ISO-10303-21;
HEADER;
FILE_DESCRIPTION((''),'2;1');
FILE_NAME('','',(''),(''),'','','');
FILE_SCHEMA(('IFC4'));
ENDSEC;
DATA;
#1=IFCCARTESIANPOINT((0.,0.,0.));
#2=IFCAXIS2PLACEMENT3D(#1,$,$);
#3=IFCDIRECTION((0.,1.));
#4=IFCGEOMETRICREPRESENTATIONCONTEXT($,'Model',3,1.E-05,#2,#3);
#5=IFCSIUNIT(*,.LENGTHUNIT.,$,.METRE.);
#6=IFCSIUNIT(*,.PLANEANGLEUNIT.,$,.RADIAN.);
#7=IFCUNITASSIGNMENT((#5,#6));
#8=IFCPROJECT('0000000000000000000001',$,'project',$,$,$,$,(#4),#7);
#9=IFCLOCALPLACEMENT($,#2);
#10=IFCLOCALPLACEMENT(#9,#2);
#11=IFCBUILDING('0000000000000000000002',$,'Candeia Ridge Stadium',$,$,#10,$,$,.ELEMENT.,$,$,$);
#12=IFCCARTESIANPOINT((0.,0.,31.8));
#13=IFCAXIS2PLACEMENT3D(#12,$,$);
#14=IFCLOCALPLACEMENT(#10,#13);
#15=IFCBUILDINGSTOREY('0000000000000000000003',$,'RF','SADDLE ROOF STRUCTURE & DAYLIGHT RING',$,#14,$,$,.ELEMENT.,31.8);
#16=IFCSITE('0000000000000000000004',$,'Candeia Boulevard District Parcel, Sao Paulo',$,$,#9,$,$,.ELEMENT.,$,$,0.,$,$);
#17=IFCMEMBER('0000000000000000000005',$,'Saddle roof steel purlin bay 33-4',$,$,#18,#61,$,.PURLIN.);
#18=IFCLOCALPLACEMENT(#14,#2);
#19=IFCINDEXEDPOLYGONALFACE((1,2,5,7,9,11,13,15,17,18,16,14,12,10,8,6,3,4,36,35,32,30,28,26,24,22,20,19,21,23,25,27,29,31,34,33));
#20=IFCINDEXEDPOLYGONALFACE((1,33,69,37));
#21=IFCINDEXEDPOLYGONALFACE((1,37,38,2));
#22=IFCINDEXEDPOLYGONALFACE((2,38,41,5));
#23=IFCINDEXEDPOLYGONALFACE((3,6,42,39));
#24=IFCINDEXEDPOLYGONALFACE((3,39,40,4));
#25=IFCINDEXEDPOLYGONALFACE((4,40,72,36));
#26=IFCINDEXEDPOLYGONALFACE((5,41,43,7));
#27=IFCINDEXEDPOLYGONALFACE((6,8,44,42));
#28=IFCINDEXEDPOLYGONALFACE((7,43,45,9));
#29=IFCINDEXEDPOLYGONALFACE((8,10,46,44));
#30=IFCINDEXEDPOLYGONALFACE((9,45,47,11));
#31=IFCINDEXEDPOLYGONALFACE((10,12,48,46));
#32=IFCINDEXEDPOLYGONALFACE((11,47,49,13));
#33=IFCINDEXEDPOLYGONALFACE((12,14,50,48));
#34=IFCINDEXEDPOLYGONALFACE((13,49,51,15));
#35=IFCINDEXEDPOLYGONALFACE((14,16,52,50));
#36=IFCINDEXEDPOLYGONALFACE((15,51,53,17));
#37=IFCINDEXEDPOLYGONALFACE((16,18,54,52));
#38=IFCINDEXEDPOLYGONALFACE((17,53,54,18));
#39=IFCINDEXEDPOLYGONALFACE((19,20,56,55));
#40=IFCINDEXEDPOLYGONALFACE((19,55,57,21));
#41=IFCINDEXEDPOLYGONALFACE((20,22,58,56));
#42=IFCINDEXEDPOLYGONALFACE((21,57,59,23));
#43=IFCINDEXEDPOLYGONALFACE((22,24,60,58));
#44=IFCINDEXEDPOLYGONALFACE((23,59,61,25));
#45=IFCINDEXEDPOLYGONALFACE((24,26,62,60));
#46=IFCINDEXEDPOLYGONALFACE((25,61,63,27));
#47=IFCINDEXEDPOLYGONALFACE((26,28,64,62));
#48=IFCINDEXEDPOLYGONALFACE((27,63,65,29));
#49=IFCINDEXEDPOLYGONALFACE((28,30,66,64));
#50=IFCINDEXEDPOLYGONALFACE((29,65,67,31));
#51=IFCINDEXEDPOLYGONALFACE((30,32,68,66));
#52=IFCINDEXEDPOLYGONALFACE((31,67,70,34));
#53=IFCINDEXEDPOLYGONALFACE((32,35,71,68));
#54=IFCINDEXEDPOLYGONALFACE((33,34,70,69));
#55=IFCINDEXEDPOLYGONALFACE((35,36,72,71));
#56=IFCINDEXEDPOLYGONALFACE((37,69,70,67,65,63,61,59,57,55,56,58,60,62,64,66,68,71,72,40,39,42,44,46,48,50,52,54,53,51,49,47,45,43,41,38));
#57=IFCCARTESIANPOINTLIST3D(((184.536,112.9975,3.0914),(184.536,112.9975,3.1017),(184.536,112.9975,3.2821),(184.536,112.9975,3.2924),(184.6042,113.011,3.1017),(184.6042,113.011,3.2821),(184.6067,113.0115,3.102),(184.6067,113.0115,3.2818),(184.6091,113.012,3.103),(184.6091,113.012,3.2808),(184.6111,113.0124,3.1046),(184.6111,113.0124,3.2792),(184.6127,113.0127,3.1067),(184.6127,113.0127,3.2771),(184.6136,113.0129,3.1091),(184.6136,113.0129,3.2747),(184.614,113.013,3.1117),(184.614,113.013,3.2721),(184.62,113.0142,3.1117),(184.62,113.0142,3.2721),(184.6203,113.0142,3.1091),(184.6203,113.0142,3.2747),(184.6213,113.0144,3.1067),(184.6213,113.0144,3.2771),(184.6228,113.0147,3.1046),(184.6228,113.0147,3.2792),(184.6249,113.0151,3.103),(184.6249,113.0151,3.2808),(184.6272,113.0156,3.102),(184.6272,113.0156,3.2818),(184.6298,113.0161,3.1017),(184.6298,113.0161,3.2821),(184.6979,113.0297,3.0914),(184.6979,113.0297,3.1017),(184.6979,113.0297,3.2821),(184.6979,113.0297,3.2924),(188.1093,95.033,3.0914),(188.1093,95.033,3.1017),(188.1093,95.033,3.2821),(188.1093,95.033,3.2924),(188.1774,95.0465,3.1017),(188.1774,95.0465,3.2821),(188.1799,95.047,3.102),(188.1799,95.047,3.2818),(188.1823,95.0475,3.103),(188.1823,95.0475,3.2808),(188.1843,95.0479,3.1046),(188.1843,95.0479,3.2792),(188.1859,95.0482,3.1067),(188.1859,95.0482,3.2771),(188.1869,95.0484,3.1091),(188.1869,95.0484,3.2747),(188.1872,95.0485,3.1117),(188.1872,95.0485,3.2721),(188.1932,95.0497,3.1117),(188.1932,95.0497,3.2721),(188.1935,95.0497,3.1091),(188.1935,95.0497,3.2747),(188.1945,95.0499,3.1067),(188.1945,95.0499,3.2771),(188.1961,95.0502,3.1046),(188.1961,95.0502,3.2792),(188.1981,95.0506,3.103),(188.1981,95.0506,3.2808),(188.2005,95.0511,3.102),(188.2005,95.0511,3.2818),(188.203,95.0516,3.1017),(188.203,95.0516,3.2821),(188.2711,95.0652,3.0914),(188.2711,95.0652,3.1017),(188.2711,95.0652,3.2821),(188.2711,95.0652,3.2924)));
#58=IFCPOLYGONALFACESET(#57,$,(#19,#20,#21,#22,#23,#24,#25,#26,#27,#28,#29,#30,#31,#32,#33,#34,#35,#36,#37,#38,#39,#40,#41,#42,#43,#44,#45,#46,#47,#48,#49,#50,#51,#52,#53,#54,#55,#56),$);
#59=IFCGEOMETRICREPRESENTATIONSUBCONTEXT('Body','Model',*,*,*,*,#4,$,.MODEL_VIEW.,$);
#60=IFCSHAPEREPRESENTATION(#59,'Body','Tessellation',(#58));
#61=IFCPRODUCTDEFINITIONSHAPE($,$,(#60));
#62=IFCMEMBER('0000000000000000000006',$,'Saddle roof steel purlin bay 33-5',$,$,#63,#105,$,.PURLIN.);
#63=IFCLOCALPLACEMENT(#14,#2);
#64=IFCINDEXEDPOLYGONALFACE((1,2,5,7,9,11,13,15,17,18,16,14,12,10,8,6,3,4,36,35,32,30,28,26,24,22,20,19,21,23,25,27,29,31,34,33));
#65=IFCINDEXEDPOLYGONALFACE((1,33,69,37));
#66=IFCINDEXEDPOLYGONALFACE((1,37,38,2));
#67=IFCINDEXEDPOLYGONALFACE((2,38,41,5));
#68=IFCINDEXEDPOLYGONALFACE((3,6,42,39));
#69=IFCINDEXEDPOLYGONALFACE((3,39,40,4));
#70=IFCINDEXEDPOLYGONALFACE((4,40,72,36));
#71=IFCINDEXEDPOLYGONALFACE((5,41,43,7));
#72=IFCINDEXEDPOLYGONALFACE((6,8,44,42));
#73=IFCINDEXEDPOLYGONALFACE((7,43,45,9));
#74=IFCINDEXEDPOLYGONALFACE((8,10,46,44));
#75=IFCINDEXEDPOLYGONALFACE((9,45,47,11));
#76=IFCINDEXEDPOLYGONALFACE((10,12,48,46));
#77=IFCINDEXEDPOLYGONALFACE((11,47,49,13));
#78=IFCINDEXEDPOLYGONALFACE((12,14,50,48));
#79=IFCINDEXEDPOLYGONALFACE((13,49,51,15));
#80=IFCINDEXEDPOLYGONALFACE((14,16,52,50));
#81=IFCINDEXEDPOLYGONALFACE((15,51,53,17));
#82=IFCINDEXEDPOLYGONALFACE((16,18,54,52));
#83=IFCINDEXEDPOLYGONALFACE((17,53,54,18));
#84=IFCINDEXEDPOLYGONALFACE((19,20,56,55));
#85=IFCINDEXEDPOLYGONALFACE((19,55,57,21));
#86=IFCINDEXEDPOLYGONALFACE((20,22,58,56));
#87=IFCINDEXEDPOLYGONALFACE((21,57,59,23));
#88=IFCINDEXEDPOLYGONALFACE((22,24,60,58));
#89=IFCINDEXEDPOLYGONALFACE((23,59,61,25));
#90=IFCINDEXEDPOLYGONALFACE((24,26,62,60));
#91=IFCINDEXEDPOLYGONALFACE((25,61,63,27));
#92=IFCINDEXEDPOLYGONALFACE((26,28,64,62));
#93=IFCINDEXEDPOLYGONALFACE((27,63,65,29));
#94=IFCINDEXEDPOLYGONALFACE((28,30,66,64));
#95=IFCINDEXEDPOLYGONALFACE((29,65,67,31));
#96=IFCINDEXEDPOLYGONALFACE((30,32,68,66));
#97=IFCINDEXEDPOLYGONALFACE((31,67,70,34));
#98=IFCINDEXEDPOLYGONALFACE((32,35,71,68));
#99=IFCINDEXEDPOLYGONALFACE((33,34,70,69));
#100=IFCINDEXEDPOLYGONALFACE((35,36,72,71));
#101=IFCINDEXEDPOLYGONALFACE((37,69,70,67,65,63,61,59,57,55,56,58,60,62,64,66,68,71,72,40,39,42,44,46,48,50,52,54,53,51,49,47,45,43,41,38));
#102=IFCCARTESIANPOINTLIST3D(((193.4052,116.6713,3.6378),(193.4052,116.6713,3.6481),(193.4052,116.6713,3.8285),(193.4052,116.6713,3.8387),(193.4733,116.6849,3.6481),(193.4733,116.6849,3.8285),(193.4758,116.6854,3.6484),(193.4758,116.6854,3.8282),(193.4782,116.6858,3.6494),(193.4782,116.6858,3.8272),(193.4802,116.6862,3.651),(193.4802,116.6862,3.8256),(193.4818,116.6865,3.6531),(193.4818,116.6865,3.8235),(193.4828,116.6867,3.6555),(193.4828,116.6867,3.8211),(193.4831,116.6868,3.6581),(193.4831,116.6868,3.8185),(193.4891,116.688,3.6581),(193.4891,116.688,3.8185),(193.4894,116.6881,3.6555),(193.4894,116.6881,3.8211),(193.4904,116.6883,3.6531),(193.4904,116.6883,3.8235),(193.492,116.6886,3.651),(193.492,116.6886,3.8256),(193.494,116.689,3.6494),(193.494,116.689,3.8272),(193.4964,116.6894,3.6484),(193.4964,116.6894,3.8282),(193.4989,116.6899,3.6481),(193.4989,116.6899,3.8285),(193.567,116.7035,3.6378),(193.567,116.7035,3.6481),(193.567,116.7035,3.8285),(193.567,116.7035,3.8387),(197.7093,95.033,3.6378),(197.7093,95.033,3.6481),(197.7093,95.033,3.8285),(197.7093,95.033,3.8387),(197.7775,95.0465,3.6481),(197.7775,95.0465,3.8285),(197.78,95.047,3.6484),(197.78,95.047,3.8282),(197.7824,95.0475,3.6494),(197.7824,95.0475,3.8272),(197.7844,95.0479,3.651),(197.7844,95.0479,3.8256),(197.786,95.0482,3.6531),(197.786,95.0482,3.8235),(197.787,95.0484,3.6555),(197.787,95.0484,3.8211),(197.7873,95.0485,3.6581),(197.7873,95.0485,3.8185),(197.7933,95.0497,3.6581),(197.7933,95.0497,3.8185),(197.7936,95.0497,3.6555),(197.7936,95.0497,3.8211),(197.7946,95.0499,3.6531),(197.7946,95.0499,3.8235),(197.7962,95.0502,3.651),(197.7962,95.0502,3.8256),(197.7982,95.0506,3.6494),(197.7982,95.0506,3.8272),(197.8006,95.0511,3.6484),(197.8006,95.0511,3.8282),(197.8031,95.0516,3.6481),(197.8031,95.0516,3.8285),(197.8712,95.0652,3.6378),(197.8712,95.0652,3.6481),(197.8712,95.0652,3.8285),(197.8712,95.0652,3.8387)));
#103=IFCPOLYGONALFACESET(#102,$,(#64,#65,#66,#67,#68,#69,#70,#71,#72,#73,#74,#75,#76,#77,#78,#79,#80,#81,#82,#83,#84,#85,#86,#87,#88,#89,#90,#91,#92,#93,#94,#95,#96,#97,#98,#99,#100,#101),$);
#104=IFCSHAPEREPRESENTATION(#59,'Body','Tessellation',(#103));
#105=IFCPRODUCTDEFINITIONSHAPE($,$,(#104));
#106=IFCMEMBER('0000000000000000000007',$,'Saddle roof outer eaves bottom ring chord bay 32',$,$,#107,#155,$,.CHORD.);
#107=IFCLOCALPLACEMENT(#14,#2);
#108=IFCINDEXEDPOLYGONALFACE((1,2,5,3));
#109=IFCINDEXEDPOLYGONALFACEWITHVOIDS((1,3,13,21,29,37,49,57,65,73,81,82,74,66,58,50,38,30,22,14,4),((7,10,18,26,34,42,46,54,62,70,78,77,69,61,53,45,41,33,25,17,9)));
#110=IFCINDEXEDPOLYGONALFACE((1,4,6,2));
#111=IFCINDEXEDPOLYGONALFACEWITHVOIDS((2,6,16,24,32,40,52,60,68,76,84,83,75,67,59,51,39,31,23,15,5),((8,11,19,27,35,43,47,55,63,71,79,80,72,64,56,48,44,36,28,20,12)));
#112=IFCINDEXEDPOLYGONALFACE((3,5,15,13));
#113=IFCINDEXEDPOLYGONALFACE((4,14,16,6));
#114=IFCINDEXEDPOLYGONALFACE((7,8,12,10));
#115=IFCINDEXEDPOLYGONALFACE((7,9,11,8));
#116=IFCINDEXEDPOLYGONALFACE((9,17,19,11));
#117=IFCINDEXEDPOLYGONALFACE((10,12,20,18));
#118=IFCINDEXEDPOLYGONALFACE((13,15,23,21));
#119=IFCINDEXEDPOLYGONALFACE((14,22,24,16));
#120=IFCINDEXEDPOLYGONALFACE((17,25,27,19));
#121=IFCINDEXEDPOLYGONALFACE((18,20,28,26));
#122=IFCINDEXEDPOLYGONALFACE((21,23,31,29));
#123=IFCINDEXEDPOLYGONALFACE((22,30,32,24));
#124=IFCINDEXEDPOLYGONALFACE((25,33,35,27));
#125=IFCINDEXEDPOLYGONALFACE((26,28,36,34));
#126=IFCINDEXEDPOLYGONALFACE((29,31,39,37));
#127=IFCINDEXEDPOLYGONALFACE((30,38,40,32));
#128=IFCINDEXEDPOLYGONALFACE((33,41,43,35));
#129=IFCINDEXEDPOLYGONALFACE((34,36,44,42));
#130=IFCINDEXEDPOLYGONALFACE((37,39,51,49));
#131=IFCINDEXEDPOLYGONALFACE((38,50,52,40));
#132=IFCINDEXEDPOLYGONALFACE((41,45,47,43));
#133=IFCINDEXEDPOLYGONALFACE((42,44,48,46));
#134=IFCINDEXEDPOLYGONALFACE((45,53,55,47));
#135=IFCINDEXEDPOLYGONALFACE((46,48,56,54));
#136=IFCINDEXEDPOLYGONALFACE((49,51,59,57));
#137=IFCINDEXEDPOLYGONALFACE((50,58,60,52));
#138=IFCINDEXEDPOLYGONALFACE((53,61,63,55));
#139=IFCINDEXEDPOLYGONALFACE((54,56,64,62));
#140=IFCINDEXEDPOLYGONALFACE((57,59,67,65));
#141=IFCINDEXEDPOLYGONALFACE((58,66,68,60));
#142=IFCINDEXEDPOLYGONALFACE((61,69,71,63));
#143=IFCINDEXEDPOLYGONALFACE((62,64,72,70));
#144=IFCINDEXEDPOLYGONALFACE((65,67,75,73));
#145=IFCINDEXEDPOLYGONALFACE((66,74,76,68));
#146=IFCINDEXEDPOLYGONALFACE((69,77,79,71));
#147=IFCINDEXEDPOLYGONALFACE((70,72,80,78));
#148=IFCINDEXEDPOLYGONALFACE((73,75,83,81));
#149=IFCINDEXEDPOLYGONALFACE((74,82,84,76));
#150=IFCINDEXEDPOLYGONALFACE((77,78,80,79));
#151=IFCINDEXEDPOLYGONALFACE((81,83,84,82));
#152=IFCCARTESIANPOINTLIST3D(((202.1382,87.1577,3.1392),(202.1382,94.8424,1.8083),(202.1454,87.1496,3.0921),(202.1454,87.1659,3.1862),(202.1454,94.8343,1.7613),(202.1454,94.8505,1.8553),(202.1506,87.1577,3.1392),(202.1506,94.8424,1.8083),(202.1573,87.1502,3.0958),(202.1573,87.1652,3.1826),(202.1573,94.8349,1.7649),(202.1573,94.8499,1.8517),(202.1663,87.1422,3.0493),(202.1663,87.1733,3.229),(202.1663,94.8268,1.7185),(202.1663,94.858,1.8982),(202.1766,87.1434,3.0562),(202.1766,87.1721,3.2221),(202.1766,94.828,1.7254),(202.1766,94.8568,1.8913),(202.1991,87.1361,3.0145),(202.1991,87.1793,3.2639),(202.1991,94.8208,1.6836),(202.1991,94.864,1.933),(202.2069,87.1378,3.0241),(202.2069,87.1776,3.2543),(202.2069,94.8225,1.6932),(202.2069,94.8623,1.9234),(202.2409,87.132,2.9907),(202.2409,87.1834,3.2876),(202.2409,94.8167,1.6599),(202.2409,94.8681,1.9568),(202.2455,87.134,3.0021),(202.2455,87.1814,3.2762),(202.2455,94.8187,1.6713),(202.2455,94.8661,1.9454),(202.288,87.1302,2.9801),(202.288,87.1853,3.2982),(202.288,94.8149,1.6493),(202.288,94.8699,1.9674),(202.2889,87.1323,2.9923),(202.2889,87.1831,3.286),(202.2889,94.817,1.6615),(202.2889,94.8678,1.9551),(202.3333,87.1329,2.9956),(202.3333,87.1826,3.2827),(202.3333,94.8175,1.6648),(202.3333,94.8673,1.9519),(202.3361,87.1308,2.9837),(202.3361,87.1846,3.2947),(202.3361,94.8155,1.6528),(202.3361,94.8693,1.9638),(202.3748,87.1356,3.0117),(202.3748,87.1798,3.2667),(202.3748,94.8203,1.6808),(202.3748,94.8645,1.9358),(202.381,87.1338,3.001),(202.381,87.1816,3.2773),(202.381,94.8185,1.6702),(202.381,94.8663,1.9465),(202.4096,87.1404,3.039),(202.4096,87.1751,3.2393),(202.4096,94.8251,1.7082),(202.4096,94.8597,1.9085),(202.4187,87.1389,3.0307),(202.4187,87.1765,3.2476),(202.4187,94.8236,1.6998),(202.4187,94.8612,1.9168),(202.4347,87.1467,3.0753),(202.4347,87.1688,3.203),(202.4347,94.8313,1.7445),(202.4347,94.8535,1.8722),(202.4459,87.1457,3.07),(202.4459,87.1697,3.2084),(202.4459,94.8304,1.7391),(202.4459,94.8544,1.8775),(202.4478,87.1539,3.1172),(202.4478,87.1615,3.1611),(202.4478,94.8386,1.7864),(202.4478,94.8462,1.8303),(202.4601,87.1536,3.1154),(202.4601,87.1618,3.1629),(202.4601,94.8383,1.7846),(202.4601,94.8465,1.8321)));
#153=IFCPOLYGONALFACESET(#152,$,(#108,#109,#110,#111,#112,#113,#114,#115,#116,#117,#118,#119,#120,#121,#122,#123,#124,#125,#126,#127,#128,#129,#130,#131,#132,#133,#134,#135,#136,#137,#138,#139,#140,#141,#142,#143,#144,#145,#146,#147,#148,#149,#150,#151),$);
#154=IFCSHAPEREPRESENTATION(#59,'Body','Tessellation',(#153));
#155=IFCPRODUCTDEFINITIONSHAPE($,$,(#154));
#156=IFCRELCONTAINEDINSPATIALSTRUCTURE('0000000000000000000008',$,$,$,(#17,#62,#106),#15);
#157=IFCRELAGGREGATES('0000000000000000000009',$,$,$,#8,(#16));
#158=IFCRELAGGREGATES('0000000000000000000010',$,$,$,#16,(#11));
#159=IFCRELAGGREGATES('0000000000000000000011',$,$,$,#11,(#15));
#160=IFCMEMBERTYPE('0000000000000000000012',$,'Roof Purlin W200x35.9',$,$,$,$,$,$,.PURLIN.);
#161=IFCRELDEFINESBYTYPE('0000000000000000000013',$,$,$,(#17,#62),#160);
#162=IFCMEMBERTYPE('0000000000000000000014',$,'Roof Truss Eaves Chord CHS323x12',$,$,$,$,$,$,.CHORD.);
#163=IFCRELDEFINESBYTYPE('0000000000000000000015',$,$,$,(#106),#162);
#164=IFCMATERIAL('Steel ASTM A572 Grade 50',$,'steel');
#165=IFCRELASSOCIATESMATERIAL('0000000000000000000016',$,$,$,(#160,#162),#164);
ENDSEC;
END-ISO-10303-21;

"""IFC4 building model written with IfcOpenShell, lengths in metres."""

from ifc_helpers import new_model, si_unit, direction, frame, origin, origin_2d, place, context, subcontext, project, spatial, hollow_circle, i_section, extrude, material, material_profile, profile_set, type_object, element, save


model = new_model("IFC4")

# Units and contexts
model_context = context("Model", 3, precision=1e-05, world=origin(), true_north=direction((0.0, 1.0)))
body_context = subcontext(model_context, "Body", "Model", "MODEL_VIEW")
ifc_project = project(units=[si_unit("LENGTHUNIT", "METRE"), si_unit("PLANEANGLEUNIT", "RADIAN")], contexts=[model_context])

# Site, building, storey
site_placement = place(None, origin())
site = spatial("IfcSite", under=ifc_project, at=site_placement, Name="Candeia Boulevard District Parcel, Sao Paulo", CompositionType="ELEMENT", RefElevation=0.0)
building_placement = place(site_placement, origin())
building = spatial("IfcBuilding", under=site, at=building_placement, Name="Candeia Ridge Stadium", CompositionType="ELEMENT")
storey_placement = place(building_placement, frame((0.0, 0.0, 31.8)))
storey = spatial("IfcBuildingStorey", under=building, at=storey_placement, Name="RF", Description="SADDLE ROOF STRUCTURE & DAYLIGHT RING", CompositionType="ELEMENT", Elevation=31.8)

# Shared definitions
ifc_material_1 = material(Name="Steel ASTM A572 Grade 50", Category="steel")

# Members
ifc_material_profile_1 = material_profile(ifc_material_1, i_section(OverallWidth=0.165, OverallDepth=0.2009, WebThickness=0.0061, FlangeThickness=0.0103, FilletRadius=0.01, at=origin_2d()), Name="W200x35.9", Category="steel")
ifc_profile_set_1 = profile_set([ifc_material_profile_1], Name="Steel ASTM A572 Grade 50")
member_type_1 = type_object("IfcMemberType", Name="Roof Purlin W200x35.9", PredefinedType="PURLIN", material=ifc_profile_set_1)
member_1_placement = place(storey_placement, frame((188.1902, 95.0491, 3.1919), z_axis=(-0.195083, 0.980787, 0.0), x_axis=(-0.980787, -0.195083, 0.0)))
element("IfcMember", 1, at=member_1_placement, inside=storey, type_object=member_type_1, Name="Saddle roof steel purlin bay 33-4", PredefinedType="PURLIN", context=body_context, shape_type="SweptSolid", body=[
    extrude(i_section(OverallWidth=0.165, OverallDepth=0.2009, WebThickness=0.0061, FlangeThickness=0.0103, FilletRadius=0.01, at=origin_2d()), origin(), (0.0, 0.0, 1.0), 18.3164),
])
member_2_placement = place(storey_placement, frame((197.7903, 95.0491, 3.7383), z_axis=(-0.195092, 0.980785, 0.0), x_axis=(-0.980785, -0.195092, 0.0)))
element("IfcMember", 2, at=member_2_placement, inside=storey, type_object=member_type_1, Name="Saddle roof steel purlin bay 33-5", PredefinedType="PURLIN", context=body_context, shape_type="SweptSolid", body=[
    extrude(i_section(OverallWidth=0.165, OverallDepth=0.2009, WebThickness=0.0061, FlangeThickness=0.0103, FilletRadius=0.01, at=origin_2d()), origin(), (0.0, 0.0, 1.0), 22.0623),
])
ifc_material_profile_2 = material_profile(ifc_material_1, hollow_circle(Radius=0.1619, WallThickness=0.0125, at=origin_2d()), Name="CHS323x12", Category="steel")
ifc_profile_set_2 = profile_set([ifc_material_profile_2], Name="Steel ASTM A572 Grade 50")
member_type_2 = type_object("IfcMemberType", Name="Roof Truss Eaves Chord CHS323x12", PredefinedType="CHORD", material=ifc_profile_set_2)
member_3_placement = place(storey_placement, frame((202.3, 87.1577, 3.1392), z_axis=(0.0, 0.985334, -0.17064), x_axis=(-1.0, 0.0, 0.0)))
element("IfcMember", 3, at=member_3_placement, inside=storey, type_object=member_type_2, Name="Saddle roof outer eaves bottom ring chord bay 32", PredefinedType="CHORD", context=body_context, shape_type="SweptSolid", body=[
    extrude(hollow_circle(Radius=0.1619, WallThickness=0.0125, at=origin_2d()), origin(), (0.0, 0.0, 1.0), 7.7991),
])

save(model, "model.ifc")
